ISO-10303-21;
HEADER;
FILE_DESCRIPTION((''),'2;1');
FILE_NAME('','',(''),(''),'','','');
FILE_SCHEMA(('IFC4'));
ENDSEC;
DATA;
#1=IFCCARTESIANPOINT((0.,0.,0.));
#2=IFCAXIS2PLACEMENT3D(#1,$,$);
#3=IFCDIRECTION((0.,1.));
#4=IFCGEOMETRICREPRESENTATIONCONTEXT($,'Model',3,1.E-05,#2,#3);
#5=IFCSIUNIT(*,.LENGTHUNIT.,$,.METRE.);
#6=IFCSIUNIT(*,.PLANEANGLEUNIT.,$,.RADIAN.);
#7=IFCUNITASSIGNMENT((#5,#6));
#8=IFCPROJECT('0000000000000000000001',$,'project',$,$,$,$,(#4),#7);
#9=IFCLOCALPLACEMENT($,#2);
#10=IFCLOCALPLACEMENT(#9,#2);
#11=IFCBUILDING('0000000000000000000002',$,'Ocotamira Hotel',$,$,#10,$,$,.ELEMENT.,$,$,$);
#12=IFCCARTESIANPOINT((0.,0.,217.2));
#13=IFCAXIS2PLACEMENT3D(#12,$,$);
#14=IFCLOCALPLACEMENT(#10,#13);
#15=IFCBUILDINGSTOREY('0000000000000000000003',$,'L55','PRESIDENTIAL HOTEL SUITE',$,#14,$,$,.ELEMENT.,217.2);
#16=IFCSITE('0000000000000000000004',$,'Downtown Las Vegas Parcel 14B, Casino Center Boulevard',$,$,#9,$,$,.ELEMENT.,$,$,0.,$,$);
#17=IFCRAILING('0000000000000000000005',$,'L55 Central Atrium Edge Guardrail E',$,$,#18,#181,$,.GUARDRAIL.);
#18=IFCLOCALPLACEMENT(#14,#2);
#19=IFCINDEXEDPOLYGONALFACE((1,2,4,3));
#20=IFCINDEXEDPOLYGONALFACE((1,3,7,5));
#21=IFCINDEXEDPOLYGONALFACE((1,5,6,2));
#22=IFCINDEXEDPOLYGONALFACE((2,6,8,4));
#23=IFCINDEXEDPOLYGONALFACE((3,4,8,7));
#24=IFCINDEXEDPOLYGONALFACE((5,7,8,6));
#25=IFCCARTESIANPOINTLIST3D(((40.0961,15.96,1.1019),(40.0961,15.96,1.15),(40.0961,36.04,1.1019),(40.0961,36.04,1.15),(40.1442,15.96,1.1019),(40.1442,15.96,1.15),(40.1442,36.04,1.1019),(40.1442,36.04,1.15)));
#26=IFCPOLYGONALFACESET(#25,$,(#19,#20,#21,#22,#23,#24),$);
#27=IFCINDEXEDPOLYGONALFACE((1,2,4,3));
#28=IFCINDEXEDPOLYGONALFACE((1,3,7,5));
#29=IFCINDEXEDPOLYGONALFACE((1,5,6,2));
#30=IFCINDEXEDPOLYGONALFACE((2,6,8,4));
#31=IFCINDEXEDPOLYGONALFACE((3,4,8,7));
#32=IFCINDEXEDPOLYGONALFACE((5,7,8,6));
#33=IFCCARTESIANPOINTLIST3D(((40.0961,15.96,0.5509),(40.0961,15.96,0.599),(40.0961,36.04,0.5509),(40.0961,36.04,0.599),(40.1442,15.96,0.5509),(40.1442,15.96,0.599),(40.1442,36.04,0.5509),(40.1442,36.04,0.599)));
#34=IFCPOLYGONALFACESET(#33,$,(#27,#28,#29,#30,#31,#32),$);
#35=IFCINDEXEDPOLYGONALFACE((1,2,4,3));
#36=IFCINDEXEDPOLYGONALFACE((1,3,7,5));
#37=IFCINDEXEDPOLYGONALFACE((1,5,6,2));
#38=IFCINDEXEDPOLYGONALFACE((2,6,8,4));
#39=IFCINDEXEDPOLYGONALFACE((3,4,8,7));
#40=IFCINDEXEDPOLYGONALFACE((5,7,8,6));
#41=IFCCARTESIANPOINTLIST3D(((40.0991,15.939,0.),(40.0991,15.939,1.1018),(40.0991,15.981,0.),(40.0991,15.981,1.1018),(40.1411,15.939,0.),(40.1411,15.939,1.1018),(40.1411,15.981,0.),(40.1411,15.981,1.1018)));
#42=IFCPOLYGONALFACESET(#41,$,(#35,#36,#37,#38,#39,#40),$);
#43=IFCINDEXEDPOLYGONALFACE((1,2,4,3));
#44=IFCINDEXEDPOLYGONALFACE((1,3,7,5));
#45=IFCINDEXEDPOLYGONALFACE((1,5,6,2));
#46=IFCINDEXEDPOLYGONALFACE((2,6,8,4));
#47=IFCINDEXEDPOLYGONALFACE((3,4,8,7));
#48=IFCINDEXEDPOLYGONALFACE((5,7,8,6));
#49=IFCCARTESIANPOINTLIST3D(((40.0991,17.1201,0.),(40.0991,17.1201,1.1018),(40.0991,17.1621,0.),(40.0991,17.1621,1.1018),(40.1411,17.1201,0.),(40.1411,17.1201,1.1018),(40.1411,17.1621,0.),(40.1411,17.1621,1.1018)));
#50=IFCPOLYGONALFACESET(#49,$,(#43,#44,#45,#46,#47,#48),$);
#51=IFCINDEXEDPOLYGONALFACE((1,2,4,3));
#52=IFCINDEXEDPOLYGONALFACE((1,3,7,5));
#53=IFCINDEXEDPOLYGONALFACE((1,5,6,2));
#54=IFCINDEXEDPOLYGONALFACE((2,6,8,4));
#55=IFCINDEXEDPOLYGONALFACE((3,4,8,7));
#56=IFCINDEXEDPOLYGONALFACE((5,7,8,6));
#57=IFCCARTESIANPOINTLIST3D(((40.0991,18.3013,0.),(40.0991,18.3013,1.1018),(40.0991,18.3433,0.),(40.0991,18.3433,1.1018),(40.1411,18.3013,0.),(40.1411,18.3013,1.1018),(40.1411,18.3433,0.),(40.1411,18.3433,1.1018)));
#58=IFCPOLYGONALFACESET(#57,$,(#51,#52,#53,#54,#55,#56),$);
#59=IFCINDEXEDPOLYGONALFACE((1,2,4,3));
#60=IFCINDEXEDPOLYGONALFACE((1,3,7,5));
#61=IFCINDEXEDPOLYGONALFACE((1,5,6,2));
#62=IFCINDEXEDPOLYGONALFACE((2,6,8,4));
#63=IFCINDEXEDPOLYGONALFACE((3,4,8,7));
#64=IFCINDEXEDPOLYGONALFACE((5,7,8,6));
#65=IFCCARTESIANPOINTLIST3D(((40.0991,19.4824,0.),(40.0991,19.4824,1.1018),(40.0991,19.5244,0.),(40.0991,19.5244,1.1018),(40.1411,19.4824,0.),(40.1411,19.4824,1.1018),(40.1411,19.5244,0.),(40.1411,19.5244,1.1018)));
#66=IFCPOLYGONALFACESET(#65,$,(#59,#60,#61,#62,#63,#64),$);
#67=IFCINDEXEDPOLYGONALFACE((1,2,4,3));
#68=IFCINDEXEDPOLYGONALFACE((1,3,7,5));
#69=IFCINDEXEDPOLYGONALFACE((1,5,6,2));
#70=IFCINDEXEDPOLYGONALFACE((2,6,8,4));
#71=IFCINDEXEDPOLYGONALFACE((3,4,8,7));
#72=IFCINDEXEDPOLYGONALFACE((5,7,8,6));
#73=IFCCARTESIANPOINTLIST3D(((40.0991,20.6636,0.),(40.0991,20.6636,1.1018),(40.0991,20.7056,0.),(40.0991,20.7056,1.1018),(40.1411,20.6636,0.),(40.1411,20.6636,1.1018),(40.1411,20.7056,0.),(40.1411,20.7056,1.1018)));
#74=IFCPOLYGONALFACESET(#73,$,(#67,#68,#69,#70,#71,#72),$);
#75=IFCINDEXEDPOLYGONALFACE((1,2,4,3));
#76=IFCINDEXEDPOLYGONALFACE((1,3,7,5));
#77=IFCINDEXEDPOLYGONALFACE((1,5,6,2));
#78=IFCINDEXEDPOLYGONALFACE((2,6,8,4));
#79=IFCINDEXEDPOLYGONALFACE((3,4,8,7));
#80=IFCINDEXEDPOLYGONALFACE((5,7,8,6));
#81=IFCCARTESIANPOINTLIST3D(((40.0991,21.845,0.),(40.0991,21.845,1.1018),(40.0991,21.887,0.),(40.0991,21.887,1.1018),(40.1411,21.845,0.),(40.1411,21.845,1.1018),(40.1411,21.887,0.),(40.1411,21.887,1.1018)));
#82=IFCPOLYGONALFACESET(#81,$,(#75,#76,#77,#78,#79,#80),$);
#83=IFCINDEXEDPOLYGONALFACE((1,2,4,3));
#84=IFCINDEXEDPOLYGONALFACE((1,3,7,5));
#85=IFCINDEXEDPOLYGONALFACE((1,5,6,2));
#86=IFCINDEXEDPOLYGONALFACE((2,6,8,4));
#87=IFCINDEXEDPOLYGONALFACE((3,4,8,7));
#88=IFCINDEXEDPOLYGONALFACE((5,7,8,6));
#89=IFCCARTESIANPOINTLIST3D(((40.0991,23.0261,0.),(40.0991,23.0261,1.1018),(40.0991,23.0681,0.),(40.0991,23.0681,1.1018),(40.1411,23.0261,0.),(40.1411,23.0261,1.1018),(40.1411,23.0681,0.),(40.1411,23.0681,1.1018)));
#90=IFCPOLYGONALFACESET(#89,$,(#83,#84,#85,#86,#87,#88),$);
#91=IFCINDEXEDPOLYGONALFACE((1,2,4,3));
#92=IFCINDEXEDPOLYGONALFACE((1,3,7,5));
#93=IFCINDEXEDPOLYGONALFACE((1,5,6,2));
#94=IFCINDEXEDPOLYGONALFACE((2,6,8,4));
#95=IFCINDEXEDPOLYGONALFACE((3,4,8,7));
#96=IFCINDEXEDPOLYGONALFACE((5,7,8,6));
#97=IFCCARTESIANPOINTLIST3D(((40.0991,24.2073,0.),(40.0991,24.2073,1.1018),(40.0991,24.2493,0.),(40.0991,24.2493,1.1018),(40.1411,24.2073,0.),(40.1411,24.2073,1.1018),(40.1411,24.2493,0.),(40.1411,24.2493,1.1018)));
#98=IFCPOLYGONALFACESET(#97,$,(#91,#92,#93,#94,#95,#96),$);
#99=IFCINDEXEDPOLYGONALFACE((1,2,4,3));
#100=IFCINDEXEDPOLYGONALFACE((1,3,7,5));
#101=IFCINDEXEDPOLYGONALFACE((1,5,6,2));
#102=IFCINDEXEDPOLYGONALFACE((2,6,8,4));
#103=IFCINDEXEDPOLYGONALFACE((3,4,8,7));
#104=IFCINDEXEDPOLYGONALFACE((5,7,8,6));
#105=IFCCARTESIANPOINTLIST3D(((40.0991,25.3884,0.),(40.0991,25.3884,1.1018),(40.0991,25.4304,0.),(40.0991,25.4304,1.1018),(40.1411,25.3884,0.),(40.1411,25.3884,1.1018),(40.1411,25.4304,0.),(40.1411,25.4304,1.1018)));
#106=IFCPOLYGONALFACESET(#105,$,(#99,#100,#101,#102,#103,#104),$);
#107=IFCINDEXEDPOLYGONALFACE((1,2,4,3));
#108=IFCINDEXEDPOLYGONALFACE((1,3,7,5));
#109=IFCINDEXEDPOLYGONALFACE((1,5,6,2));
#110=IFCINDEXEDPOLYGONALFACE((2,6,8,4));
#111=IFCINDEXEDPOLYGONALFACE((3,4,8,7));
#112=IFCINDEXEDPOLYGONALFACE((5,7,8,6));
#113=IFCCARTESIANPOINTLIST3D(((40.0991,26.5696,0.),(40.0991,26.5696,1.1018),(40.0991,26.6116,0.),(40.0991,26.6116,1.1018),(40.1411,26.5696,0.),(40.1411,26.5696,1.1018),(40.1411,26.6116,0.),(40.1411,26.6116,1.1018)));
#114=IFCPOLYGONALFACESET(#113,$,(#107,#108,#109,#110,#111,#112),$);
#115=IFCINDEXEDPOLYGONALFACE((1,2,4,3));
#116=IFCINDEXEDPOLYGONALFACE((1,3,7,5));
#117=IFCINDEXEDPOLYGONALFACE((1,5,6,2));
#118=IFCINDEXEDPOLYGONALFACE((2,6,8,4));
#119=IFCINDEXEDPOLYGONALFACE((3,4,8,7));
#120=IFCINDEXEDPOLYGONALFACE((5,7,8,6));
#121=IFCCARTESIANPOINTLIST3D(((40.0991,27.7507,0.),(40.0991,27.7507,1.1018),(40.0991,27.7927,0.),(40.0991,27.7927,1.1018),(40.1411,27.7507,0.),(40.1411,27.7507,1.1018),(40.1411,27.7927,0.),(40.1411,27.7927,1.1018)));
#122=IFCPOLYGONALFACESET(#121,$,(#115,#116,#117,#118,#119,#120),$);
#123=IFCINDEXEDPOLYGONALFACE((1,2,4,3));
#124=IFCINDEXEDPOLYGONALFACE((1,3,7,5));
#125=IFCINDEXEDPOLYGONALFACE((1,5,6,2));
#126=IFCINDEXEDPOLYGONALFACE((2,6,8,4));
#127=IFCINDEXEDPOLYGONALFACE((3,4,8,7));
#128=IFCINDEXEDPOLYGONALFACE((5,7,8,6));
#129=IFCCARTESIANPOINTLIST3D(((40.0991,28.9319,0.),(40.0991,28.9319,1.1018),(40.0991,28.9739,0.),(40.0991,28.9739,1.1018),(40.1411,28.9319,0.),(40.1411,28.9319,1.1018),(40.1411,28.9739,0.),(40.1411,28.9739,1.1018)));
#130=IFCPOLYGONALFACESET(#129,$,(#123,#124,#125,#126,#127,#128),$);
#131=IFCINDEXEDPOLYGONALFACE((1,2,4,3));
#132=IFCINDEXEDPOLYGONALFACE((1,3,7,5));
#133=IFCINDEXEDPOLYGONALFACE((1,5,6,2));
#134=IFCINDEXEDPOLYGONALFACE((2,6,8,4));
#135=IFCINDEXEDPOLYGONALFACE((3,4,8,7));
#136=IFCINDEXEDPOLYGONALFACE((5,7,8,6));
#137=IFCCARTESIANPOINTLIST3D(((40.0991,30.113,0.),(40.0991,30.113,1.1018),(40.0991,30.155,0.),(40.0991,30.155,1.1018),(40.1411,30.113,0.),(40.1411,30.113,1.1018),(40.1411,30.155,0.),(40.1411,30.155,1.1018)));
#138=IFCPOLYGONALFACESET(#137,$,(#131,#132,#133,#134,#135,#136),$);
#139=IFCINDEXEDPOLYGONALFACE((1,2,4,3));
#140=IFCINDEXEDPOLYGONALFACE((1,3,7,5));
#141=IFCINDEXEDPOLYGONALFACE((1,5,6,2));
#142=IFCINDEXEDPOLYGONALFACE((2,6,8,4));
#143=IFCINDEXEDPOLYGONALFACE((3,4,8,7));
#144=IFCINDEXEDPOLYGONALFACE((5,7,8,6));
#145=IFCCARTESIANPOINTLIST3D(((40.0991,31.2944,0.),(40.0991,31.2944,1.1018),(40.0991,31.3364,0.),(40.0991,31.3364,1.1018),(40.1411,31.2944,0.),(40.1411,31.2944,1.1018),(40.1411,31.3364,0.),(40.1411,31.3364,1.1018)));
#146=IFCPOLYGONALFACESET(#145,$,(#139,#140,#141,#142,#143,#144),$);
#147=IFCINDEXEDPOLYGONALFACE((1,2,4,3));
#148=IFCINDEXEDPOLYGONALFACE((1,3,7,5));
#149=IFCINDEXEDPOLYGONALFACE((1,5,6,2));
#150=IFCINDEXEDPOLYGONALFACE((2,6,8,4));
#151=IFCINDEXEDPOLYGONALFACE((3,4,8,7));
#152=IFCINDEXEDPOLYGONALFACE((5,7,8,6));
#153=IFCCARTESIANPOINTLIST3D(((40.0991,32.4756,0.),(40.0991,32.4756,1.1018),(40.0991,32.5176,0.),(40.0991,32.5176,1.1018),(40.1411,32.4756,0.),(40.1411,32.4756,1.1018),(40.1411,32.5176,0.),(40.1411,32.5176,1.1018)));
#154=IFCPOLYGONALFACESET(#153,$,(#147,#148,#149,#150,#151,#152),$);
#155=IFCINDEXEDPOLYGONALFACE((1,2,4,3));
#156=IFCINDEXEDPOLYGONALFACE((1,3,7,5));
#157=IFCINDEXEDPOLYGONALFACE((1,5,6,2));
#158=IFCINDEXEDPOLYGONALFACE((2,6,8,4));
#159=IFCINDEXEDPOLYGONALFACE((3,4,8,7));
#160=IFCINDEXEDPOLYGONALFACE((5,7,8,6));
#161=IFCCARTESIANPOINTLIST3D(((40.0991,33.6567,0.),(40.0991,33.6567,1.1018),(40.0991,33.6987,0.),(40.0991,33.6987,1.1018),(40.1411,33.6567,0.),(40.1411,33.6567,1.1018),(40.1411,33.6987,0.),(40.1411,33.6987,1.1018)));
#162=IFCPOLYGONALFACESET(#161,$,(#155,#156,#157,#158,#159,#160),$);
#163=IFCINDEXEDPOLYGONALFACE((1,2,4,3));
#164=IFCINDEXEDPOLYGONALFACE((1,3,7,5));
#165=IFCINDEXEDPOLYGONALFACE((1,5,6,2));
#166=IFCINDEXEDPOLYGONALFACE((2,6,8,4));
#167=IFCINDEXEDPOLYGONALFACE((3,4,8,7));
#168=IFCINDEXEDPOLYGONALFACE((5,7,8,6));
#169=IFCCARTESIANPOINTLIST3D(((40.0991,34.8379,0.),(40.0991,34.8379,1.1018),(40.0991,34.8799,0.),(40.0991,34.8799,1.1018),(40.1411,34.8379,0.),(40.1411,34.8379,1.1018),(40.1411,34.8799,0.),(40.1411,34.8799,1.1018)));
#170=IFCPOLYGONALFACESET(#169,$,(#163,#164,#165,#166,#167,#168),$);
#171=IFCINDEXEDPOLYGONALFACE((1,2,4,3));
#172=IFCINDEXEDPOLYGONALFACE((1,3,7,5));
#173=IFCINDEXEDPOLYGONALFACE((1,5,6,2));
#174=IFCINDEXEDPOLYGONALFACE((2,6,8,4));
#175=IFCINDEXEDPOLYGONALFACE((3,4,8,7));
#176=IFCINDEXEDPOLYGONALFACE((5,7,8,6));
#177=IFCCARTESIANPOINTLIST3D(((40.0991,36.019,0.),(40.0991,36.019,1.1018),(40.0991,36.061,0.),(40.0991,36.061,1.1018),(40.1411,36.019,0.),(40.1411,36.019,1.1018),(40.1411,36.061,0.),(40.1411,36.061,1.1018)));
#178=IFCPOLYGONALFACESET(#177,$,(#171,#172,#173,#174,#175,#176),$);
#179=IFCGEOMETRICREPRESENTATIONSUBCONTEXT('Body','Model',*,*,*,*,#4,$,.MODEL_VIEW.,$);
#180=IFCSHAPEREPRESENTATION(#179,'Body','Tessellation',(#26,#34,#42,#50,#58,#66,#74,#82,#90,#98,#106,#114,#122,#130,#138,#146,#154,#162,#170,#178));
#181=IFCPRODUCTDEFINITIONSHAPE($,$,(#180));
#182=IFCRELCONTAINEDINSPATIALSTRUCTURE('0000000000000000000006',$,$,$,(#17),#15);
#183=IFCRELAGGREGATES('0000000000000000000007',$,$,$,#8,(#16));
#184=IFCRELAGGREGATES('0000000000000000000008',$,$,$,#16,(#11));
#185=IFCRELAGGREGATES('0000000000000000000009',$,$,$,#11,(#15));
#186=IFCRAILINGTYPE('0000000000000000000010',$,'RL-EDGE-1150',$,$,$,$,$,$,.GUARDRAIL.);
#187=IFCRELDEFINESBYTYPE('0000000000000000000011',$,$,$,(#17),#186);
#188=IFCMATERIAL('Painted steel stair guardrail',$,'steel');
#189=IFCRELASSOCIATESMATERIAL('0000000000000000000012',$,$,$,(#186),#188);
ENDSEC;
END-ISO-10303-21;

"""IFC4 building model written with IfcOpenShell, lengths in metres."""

from ifc_helpers import new_model, si_unit, direction, frame, origin, origin_2d, place, context, subcontext, project, spatial, rectangle, extrude, material, type_object, element, save


model = new_model("IFC4")

# Units and contexts
model_context = context("Model", 3, precision=1e-05, world=origin(), true_north=direction((0.0, 1.0)))
body_context = subcontext(model_context, "Body", "Model", "MODEL_VIEW")
ifc_project = project(units=[si_unit("LENGTHUNIT", "METRE"), si_unit("PLANEANGLEUNIT", "RADIAN")], contexts=[model_context])

# Site, building, storey
site_placement = place(None, origin())
site = spatial("IfcSite", under=ifc_project, at=site_placement, Name="Downtown Las Vegas Parcel 14B, Casino Center Boulevard", CompositionType="ELEMENT", RefElevation=0.0)
building_placement = place(site_placement, origin())
building = spatial("IfcBuilding", under=site, at=building_placement, Name="Ocotamira Hotel", CompositionType="ELEMENT")
storey_placement = place(building_placement, frame((0.0, 0.0, 217.2)))
storey = spatial("IfcBuildingStorey", under=building, at=storey_placement, Name="L55", Description="PRESIDENTIAL HOTEL SUITE", CompositionType="ELEMENT", Elevation=217.2)

# Railing
ifc_material_1 = material(Name="Painted steel stair guardrail", Category="steel")
railing_type = type_object("IfcRailingType", Name="RL-EDGE-1150", PredefinedType="GUARDRAIL", material=ifc_material_1)
railing_1_placement = place(storey_placement, frame((40.1201, 15.96, 0.0)))
element("IfcRailing", 1, at=railing_1_placement, inside=storey, type_object=railing_type, Name="L55 Central Atrium Edge Guardrail E", PredefinedType="GUARDRAIL", context=body_context, shape_type="SweptSolid", body=[
    extrude(rectangle(XDim=0.0481, YDim=0.0481, at=origin_2d()), frame((0.0, 0.0, 1.126), z_axis=(0.0, 1.0, 0.0), x_axis=(-1.0, 0.0, 0.0)), (0.0, 0.0, 1.0), 20.0801),
    extrude(rectangle(XDim=0.0481, YDim=0.0481, at=origin_2d()), frame((0.0, 0.0, 0.575), z_axis=(0.0, 1.0, 0.0), x_axis=(-1.0, 0.0, 0.0)), (0.0, 0.0, 1.0), 20.0801),
    extrude(rectangle(XDim=0.042, YDim=0.042, at=origin_2d()), origin(), (0.0, 0.0, 1.0), 1.1018),
    extrude(rectangle(XDim=0.042, YDim=0.042, at=origin_2d()), frame((0.0, 1.1812, 0.0)), (0.0, 0.0, 1.0), 1.1018),
    extrude(rectangle(XDim=0.042, YDim=0.042, at=origin_2d()), frame((0.0, 2.3623, 0.0)), (0.0, 0.0, 1.0), 1.1018),
    extrude(rectangle(XDim=0.042, YDim=0.042, at=origin_2d()), frame((0.0, 3.5435, 0.0)), (0.0, 0.0, 1.0), 1.1018),
    extrude(rectangle(XDim=0.042, YDim=0.042, at=origin_2d()), frame((0.0, 4.7246, 0.0)), (0.0, 0.0, 1.0), 1.1018),
    extrude(rectangle(XDim=0.042, YDim=0.042, at=origin_2d()), frame((0.0, 5.906, 0.0)), (0.0, 0.0, 1.0), 1.1018),
    extrude(rectangle(XDim=0.042, YDim=0.042, at=origin_2d()), frame((0.0, 7.0872, 0.0)), (0.0, 0.0, 1.0), 1.1018),
    extrude(rectangle(XDim=0.042, YDim=0.042, at=origin_2d()), frame((0.0, 8.2683, 0.0)), (0.0, 0.0, 1.0), 1.1018),
    extrude(rectangle(XDim=0.042, YDim=0.042, at=origin_2d()), frame((0.0, 9.4495, 0.0)), (0.0, 0.0, 1.0), 1.1018),
    extrude(rectangle(XDim=0.042, YDim=0.042, at=origin_2d()), frame((0.0, 10.6306, 0.0)), (0.0, 0.0, 1.0), 1.1018),
    extrude(rectangle(XDim=0.042, YDim=0.042, at=origin_2d()), frame((0.0, 11.8118, 0.0)), (0.0, 0.0, 1.0), 1.1018),
    extrude(rectangle(XDim=0.042, YDim=0.042, at=origin_2d()), frame((0.0, 12.9929, 0.0)), (0.0, 0.0, 1.0), 1.1018),
    extrude(rectangle(XDim=0.042, YDim=0.042, at=origin_2d()), frame((0.0, 14.1741, 0.0)), (0.0, 0.0, 1.0), 1.1018),
    extrude(rectangle(XDim=0.042, YDim=0.042, at=origin_2d()), frame((0.0, 15.3555, 0.0)), (0.0, 0.0, 1.0), 1.1018),
    extrude(rectangle(XDim=0.042, YDim=0.042, at=origin_2d()), frame((0.0, 16.5366, 0.0)), (0.0, 0.0, 1.0), 1.1018),
    extrude(rectangle(XDim=0.042, YDim=0.042, at=origin_2d()), frame((0.0, 17.7178, 0.0)), (0.0, 0.0, 1.0), 1.1018),
    extrude(rectangle(XDim=0.042, YDim=0.042, at=origin_2d()), frame((0.0, 18.8989, 0.0)), (0.0, 0.0, 1.0), 1.1018),
    extrude(rectangle(XDim=0.042, YDim=0.042, at=origin_2d()), frame((0.0, 20.0801, 0.0)), (0.0, 0.0, 1.0), 1.1018),
])

save(model, "model.ifc")
